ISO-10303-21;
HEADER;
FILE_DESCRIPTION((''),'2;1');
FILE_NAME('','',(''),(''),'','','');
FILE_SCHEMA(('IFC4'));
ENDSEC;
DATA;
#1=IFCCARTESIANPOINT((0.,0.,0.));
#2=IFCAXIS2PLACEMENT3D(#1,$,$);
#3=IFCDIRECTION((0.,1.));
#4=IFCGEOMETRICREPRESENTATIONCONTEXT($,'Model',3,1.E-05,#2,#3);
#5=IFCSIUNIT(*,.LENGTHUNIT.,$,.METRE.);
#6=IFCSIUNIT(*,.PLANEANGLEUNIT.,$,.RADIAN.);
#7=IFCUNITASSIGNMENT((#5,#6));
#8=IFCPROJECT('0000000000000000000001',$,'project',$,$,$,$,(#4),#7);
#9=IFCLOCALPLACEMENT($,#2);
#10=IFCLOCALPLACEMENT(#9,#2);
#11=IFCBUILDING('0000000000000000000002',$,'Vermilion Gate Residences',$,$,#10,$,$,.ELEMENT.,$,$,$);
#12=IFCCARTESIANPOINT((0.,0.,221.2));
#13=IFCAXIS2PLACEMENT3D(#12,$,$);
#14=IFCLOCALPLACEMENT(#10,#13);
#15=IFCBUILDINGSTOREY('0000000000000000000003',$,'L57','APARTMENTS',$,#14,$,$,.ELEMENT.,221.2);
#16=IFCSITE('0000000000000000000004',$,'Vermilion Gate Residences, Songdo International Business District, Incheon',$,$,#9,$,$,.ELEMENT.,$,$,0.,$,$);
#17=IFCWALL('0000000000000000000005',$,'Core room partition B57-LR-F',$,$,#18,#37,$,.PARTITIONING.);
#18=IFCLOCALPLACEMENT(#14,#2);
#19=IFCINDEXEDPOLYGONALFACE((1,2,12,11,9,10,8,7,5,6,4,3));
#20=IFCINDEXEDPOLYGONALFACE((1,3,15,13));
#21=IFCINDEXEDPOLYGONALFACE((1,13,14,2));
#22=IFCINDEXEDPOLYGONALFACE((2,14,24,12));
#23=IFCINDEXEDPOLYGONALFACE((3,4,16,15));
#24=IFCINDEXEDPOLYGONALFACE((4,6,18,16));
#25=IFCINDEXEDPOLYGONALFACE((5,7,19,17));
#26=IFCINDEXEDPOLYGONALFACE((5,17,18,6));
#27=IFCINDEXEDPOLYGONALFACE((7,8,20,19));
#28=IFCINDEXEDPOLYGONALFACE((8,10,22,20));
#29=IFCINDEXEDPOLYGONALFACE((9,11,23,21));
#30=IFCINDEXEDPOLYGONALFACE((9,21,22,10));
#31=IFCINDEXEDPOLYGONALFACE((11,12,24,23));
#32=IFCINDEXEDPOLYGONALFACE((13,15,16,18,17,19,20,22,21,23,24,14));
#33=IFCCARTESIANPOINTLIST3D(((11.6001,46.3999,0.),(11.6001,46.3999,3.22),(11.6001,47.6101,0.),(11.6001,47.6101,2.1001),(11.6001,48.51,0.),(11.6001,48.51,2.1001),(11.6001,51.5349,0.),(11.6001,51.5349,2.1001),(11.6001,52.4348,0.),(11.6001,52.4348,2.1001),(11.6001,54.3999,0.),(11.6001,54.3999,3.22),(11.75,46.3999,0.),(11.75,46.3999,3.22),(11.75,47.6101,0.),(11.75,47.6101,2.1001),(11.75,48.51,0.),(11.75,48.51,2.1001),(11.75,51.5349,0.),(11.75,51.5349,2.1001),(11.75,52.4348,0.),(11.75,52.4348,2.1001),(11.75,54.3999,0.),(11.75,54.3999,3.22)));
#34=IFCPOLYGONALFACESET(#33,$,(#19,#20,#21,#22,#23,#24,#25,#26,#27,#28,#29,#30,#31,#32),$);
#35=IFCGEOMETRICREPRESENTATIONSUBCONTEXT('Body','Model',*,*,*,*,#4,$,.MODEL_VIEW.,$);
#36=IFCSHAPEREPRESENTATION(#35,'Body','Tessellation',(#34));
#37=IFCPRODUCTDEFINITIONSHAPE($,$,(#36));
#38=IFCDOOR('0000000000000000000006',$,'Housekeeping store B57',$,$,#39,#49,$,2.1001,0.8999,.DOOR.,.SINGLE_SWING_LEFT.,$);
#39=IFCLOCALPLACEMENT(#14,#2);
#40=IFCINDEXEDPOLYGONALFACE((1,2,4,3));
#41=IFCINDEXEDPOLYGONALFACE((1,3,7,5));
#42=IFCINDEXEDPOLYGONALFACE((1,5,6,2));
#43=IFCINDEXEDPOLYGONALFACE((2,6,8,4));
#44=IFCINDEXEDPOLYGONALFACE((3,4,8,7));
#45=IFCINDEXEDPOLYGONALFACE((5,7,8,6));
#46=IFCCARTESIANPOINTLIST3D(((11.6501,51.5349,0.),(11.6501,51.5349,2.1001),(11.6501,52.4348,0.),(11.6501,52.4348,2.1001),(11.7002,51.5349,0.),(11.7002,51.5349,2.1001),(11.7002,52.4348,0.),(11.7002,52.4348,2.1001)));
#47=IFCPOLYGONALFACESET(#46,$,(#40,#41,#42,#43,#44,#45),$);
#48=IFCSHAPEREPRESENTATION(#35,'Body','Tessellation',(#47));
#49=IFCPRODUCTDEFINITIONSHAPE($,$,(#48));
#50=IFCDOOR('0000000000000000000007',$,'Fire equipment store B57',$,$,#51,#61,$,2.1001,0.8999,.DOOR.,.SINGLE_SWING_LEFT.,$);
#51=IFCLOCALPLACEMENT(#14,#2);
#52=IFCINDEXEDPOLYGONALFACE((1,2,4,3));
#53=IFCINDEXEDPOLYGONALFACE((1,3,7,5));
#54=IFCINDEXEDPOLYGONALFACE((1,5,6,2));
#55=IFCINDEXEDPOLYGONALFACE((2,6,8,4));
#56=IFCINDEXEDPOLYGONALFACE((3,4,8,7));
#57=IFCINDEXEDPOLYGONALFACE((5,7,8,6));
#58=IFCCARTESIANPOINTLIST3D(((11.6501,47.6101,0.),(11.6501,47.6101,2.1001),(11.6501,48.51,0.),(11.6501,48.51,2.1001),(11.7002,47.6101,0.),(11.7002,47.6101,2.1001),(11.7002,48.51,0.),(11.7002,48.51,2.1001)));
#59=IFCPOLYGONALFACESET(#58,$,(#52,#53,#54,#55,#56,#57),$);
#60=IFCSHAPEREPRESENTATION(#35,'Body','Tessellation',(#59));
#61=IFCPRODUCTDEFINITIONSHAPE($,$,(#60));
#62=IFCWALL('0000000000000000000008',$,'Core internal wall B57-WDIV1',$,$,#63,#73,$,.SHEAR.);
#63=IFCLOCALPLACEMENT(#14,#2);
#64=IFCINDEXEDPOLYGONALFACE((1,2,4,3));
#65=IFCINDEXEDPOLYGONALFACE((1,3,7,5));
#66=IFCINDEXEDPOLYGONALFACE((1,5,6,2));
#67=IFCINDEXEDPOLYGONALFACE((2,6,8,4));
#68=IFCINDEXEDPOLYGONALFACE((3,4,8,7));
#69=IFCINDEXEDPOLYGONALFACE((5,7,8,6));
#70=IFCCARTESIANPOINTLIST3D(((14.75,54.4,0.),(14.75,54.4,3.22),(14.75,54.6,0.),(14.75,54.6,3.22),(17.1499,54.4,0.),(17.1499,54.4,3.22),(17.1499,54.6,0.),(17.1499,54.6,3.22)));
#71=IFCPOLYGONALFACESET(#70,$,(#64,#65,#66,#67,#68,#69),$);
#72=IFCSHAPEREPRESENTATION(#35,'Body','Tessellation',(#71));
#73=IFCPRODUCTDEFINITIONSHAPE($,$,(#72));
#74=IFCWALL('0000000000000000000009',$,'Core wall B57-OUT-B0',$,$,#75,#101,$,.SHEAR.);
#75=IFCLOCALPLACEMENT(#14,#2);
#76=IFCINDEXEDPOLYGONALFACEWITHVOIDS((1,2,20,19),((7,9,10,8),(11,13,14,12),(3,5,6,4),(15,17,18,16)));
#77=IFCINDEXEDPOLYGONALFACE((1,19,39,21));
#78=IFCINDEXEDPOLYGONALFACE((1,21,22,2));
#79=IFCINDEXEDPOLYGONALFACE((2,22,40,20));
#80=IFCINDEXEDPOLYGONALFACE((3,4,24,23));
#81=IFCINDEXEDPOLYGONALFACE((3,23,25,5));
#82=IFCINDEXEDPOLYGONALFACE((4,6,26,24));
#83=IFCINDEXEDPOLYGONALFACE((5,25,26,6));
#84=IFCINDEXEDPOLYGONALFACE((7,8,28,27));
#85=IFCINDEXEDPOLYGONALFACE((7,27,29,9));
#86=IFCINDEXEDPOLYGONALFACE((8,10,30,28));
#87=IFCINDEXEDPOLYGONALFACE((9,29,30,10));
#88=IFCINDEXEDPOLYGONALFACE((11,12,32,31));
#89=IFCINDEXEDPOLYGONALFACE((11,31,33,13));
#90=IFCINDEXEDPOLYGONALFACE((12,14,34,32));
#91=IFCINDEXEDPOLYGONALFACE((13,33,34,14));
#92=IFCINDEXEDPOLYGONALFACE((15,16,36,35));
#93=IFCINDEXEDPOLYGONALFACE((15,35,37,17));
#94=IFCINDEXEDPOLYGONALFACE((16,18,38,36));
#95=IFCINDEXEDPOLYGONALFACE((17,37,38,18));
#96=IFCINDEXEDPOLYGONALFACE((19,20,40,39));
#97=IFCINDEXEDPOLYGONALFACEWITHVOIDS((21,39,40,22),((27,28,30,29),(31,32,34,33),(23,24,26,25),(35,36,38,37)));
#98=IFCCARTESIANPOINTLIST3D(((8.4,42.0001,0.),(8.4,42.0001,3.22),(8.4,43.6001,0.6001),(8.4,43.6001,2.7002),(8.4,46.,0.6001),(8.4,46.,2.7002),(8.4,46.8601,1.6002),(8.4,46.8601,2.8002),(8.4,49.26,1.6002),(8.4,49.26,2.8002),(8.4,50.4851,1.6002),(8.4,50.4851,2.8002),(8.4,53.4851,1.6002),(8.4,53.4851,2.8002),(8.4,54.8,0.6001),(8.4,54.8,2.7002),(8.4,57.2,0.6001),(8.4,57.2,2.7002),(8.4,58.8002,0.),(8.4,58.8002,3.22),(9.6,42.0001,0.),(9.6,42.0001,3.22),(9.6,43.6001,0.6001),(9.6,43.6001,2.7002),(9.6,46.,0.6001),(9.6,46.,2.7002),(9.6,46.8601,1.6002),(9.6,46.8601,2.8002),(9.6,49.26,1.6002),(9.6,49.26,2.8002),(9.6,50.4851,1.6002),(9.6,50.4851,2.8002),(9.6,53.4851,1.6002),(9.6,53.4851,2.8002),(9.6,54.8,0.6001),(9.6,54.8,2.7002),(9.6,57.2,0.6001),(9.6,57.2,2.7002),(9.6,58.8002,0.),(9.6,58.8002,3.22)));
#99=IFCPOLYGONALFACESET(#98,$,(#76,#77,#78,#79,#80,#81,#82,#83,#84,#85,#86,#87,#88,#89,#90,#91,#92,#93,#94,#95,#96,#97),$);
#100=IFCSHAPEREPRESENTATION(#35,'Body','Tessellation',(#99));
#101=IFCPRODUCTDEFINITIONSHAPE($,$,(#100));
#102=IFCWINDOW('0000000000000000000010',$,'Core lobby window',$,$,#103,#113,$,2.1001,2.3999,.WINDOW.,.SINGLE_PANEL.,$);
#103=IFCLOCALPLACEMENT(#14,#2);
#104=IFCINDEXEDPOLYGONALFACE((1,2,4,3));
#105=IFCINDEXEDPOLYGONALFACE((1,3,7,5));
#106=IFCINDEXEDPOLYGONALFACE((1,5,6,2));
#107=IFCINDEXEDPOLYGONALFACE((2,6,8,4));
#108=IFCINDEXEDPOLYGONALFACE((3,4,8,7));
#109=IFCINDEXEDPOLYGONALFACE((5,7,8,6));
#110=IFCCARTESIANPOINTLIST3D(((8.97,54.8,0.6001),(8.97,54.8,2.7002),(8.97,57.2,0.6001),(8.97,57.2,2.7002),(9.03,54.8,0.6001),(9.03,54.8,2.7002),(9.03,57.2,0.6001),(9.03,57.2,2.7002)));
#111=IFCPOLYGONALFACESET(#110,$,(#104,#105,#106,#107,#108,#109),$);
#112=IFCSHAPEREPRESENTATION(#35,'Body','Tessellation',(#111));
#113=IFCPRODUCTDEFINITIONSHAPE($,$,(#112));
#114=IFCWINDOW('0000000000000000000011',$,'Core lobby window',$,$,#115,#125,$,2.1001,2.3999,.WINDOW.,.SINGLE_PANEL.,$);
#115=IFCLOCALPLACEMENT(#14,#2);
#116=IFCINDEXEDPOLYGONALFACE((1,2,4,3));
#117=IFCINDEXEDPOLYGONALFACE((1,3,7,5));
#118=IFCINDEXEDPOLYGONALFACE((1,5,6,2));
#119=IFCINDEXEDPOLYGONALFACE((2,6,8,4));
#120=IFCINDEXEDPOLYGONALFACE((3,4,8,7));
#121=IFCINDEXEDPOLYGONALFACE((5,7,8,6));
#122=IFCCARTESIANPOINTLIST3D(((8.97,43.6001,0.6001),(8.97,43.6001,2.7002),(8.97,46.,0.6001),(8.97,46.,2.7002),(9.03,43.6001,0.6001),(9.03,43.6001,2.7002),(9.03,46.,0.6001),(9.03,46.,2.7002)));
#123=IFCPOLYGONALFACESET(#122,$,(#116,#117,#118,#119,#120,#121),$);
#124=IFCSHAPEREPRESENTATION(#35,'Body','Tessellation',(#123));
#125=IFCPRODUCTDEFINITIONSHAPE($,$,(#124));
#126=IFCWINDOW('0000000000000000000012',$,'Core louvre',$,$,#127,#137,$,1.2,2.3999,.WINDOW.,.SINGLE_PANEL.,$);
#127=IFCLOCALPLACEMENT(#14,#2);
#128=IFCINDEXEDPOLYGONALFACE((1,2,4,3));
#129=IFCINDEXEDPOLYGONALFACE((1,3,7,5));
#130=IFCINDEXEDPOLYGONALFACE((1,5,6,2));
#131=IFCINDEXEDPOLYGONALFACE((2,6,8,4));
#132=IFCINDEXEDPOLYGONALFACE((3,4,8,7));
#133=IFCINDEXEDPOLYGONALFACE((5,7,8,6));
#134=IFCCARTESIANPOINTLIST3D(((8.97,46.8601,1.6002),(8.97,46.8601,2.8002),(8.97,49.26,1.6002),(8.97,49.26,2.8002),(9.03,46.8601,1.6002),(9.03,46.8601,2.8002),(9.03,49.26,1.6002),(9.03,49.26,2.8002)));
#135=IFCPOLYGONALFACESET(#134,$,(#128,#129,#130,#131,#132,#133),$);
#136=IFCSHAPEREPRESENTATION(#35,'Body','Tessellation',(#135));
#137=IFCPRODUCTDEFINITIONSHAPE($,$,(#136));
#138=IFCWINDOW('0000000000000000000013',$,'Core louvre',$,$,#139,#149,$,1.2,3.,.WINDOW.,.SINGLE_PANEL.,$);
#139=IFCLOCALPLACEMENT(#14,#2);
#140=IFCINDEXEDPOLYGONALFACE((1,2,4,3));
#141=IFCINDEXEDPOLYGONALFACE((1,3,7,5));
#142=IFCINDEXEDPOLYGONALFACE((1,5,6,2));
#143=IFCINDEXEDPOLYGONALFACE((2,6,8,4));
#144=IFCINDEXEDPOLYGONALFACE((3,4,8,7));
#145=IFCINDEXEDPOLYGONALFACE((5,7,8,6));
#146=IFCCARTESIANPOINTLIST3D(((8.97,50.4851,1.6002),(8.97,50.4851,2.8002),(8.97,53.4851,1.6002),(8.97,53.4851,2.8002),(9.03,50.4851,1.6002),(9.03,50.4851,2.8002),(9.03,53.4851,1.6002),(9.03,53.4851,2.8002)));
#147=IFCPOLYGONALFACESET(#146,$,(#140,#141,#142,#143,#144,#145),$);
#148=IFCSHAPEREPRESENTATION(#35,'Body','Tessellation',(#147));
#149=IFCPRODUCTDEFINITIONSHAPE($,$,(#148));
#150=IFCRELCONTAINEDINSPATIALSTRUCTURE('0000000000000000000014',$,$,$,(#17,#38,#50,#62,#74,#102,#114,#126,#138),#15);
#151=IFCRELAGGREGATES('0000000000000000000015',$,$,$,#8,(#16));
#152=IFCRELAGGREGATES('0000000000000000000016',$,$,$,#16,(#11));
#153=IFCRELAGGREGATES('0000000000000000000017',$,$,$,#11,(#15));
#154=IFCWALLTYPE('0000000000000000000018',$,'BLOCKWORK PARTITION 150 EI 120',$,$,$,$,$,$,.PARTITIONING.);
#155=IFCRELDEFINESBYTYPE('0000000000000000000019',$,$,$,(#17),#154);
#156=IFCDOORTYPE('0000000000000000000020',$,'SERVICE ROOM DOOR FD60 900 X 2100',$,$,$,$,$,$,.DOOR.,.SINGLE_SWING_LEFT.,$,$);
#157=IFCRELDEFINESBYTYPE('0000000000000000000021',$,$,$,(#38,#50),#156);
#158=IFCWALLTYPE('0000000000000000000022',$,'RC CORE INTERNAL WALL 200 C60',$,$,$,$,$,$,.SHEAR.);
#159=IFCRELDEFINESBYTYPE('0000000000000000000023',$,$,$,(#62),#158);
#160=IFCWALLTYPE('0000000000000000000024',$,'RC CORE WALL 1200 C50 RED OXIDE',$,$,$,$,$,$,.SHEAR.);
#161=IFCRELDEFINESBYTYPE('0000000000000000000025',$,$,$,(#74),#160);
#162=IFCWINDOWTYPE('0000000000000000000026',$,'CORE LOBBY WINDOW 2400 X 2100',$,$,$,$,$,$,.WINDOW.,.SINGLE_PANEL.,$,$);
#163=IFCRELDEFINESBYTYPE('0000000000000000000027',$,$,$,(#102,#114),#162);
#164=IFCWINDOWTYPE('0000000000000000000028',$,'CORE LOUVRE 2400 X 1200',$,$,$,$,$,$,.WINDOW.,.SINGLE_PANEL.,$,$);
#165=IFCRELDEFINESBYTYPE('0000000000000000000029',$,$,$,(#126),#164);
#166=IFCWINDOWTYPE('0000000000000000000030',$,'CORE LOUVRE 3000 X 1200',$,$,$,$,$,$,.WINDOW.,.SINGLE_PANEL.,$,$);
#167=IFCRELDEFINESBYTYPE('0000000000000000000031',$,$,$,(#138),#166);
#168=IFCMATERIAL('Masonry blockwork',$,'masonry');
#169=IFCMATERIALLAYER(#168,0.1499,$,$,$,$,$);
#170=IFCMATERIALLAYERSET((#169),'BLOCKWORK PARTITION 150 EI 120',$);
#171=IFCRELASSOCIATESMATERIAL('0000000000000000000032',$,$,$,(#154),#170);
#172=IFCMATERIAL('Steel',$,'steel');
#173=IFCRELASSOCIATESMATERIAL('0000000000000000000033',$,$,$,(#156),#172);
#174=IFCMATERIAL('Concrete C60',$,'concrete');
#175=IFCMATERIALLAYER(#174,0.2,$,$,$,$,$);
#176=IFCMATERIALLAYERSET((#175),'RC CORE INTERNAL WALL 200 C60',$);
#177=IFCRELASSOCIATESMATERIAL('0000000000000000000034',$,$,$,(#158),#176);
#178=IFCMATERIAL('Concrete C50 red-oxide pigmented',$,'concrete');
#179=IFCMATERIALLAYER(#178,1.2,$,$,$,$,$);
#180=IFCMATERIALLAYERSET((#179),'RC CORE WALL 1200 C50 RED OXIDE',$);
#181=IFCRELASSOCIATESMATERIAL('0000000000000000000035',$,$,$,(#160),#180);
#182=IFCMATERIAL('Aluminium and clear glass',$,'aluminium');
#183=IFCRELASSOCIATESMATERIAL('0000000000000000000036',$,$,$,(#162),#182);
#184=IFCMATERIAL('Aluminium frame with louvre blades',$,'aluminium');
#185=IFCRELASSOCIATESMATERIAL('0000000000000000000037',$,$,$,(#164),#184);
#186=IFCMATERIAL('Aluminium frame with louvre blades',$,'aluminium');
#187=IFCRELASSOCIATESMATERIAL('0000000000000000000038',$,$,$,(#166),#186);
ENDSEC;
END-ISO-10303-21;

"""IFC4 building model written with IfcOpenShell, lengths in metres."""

from ifc_helpers import new_model, si_unit, direction, frame, frame_2d, origin, place, context, subcontext, project, spatial, rectangle, extrude, material, layer, layer_set, type_object, element, fill, save


model = new_model("IFC4")

# Units and contexts
model_context = context("Model", 3, precision=1e-05, world=origin(), true_north=direction((0.0, 1.0)))
body_context = subcontext(model_context, "Body", "Model", "MODEL_VIEW")
ifc_project = project(units=[si_unit("LENGTHUNIT", "METRE"), si_unit("PLANEANGLEUNIT", "RADIAN")], contexts=[model_context])

# Site, building, storey
site_placement = place(None, origin())
site = spatial("IfcSite", under=ifc_project, at=site_placement, Name="Vermilion Gate Residences, Songdo International Business District, Incheon", CompositionType="ELEMENT", RefElevation=0.0)
building_placement = place(site_placement, origin())
building = spatial("IfcBuilding", under=site, at=building_placement, Name="Vermilion Gate Residences", CompositionType="ELEMENT")
storey_placement = place(building_placement, frame((0.0, 0.0, 221.2)))
storey = spatial("IfcBuildingStorey", under=building, at=storey_placement, Name="L57", Description="APARTMENTS", CompositionType="ELEMENT", Elevation=221.2)

# Wall, openings, doors
ifc_material_1 = material(Name="Masonry blockwork", Category="masonry")
ifc_layer_1 = layer(ifc_material_1, 0.1499)
ifc_layer_set_1 = layer_set([ifc_layer_1], Name="BLOCKWORK PARTITION 150 EI 120")
wall_type_1 = type_object("IfcWallType", Name="BLOCKWORK PARTITION 150 EI 120", PredefinedType="PARTITIONING", material=ifc_layer_set_1)
wall_1_placement = place(storey_placement, frame((11.675, 54.3999, 0.0), z_axis=(0.0, 0.0, 1.0), x_axis=(0.0, -1.0, 0.0)))
wall_1 = element("IfcWall", 1, at=wall_1_placement, inside=storey, type_object=wall_type_1, Name="Core room partition B57-LR-F", PredefinedType="PARTITIONING", context=body_context, shape_type="SweptSolid", body=[
    extrude(rectangle(XDim=8.0, YDim=0.1499, at=frame_2d((4.0, 0.0))), origin(), (0.0, 0.0, 1.0), 3.22),
])
opening_1_placement = place(wall_1_placement, frame((1.9651, 0.0, 0.0)))
opening_1 = element("IfcOpeningElement", 2, at=opening_1_placement, cuts=wall_1, PredefinedType="OPENING", context=body_context, shape_type="SweptSolid", body=[
    extrude(rectangle(XDim=0.8999, YDim=2.1001, at=frame_2d((0.45, 1.05))), frame((0.0, 0.085, 0.0), z_axis=(0.0, -1.0, 0.0), x_axis=(1.0, 0.0, 0.0)), (0.0, 0.0, 1.0), 0.1699),
])
opening_2_placement = place(wall_1_placement, frame((5.8899, 0.0, 0.0)))
opening_2 = element("IfcOpeningElement", 3, at=opening_2_placement, cuts=wall_1, PredefinedType="OPENING", context=body_context, shape_type="SweptSolid", body=[
    extrude(rectangle(XDim=0.8999, YDim=2.1001, at=frame_2d((0.45, 1.05))), frame((0.0, 0.085, 0.0), z_axis=(0.0, -1.0, 0.0), x_axis=(1.0, 0.0, 0.0)), (0.0, 0.0, 1.0), 0.1699),
])
ifc_material_2 = material(Name="Steel", Category="steel")
door_type = type_object("IfcDoorType", Name="SERVICE ROOM DOOR FD60 900 X 2100", OperationType="SINGLE_SWING_LEFT", PredefinedType="DOOR", material=ifc_material_2)
door_1_placement = place(opening_1_placement, frame((0.8999, 0.0, 0.0), z_axis=(0.0, 0.0, 1.0), x_axis=(-1.0, 0.0, 0.0)))
door_1 = element("IfcDoor", 4, at=door_1_placement, inside=storey, type_object=door_type, Name="Housekeeping store B57", OperationType="SINGLE_SWING_LEFT", OverallHeight=2.1001, OverallWidth=0.8999, PredefinedType="DOOR", context=body_context, shape_type="SweptSolid", body=[
    extrude(rectangle(XDim=0.8999, YDim=2.1001, at=frame_2d((0.45, 1.05))), frame((0.0, 0.0249, 0.0), z_axis=(0.0, -1.0, 0.0), x_axis=(1.0, 0.0, 0.0)), (0.0, 0.0, 1.0), 0.05),
])
fill(opening_1, door_1)
door_2_placement = place(opening_2_placement, frame((0.8999, 0.0, 0.0), z_axis=(0.0, 0.0, 1.0), x_axis=(-1.0, 0.0, 0.0)))
door_2 = element("IfcDoor", 5, at=door_2_placement, inside=storey, type_object=door_type, Name="Fire equipment store B57", OperationType="SINGLE_SWING_LEFT", OverallHeight=2.1001, OverallWidth=0.8999, PredefinedType="DOOR", context=body_context, shape_type="SweptSolid", body=[
    extrude(rectangle(XDim=0.8999, YDim=2.1001, at=frame_2d((0.45, 1.05))), frame((0.0, 0.0249, 0.0), z_axis=(0.0, -1.0, 0.0), x_axis=(1.0, 0.0, 0.0)), (0.0, 0.0, 1.0), 0.05),
])
fill(opening_2, door_2)

# Wall
ifc_material_3 = material(Name="Concrete C60", Category="concrete")
ifc_layer_2 = layer(ifc_material_3, 0.2)
ifc_layer_set_2 = layer_set([ifc_layer_2], Name="RC CORE INTERNAL WALL 200 C60")
wall_type_2 = type_object("IfcWallType", Name="RC CORE INTERNAL WALL 200 C60", PredefinedType="SHEAR", material=ifc_layer_set_2)
wall_2_placement = place(storey_placement, frame((14.75, 54.5, 0.0), z_axis=(0.0, 0.0, 1.0), x_axis=(1.0, 0.0, 0.0)))
element("IfcWall", 6, at=wall_2_placement, inside=storey, type_object=wall_type_2, Name="Core internal wall B57-WDIV1", PredefinedType="SHEAR", context=body_context, shape_type="SweptSolid", body=[
    extrude(rectangle(XDim=2.3999, YDim=0.2, at=frame_2d((1.2, 0.0))), origin(), (0.0, 0.0, 1.0), 3.22),
])

# Wall, openings, windows
ifc_material_4 = material(Name="Concrete C50 red-oxide pigmented", Category="concrete")
ifc_layer_3 = layer(ifc_material_4, 1.2)
ifc_layer_set_3 = layer_set([ifc_layer_3], Name="RC CORE WALL 1200 C50 RED OXIDE")
wall_type_3 = type_object("IfcWallType", Name="RC CORE WALL 1200 C50 RED OXIDE", PredefinedType="SHEAR", material=ifc_layer_set_3)
wall_3_placement = place(storey_placement, frame((9.0, 58.8, 0.0), z_axis=(0.0, 0.0, 1.0), x_axis=(0.0, -1.0, 0.0)))
wall_3 = element("IfcWall", 7, at=wall_3_placement, inside=storey, type_object=wall_type_3, Name="Core wall B57-OUT-B0", PredefinedType="SHEAR", context=body_context, shape_type="SweptSolid", body=[
    extrude(rectangle(XDim=16.8, YDim=1.2, at=frame_2d((8.3999, 0.0))), origin(), (0.0, 0.0, 1.0), 3.22),
])
opening_3_placement = place(wall_3_placement, frame((1.6001, 0.0, 0.6001)))
opening_3 = element("IfcOpeningElement", 8, at=opening_3_placement, cuts=wall_3, PredefinedType="OPENING", context=body_context, shape_type="SweptSolid", body=[
    extrude(rectangle(XDim=2.3999, YDim=2.1001, at=frame_2d((1.2, 1.05))), frame((0.0, 0.6099, 0.0), z_axis=(0.0, -1.0, 0.0), x_axis=(1.0, 0.0, 0.0)), (0.0, 0.0, 1.0), 1.22),
])
opening_4_placement = place(wall_3_placement, frame((5.3149, 0.0, 1.6001)))
opening_4 = element("IfcOpeningElement", 9, at=opening_4_placement, cuts=wall_3, PredefinedType="OPENING", context=body_context, shape_type="SweptSolid", body=[
    extrude(rectangle(XDim=3.0, YDim=1.2, at=frame_2d((1.5, 0.6001))), frame((0.0, 0.6099, 0.0), z_axis=(0.0, -1.0, 0.0), x_axis=(1.0, 0.0, 0.0)), (0.0, 0.0, 1.0), 1.22),
])
opening_5_placement = place(wall_3_placement, frame((9.54, 0.0, 1.6001)))
opening_5 = element("IfcOpeningElement", 10, at=opening_5_placement, cuts=wall_3, PredefinedType="OPENING", context=body_context, shape_type="SweptSolid", body=[
    extrude(rectangle(XDim=2.3999, YDim=1.2, at=frame_2d((1.2, 0.6001))), frame((0.0, 0.6099, 0.0), z_axis=(0.0, -1.0, 0.0), x_axis=(1.0, 0.0, 0.0)), (0.0, 0.0, 1.0), 1.22),
])
opening_6_placement = place(wall_3_placement, frame((12.8, 0.0, 0.6001)))
opening_6 = element("IfcOpeningElement", 11, at=opening_6_placement, cuts=wall_3, PredefinedType="OPENING", context=body_context, shape_type="SweptSolid", body=[
    extrude(rectangle(XDim=2.3999, YDim=2.1001, at=frame_2d((1.2, 1.05))), frame((0.0, 0.6099, 0.0), z_axis=(0.0, -1.0, 0.0), x_axis=(1.0, 0.0, 0.0)), (0.0, 0.0, 1.0), 1.22),
])
ifc_material_5 = material(Name="Aluminium and clear glass", Category="aluminium")
window_type_1 = type_object("IfcWindowType", Name="CORE LOBBY WINDOW 2400 X 2100", PartitioningType="SINGLE_PANEL", PredefinedType="WINDOW", material=ifc_material_5)
window_1_placement = place(opening_3_placement, origin())
window_1 = element("IfcWindow", 12, at=window_1_placement, inside=storey, type_object=window_type_1, Name="Core lobby window", OverallHeight=2.1001, OverallWidth=2.3999, PartitioningType="SINGLE_PANEL", PredefinedType="WINDOW", context=body_context, shape_type="SweptSolid", body=[
    extrude(rectangle(XDim=2.3999, YDim=2.1001, at=frame_2d((1.2, 1.05))), frame((0.0, 0.03, 0.0), z_axis=(0.0, -1.0, 0.0), x_axis=(1.0, 0.0, 0.0)), (0.0, 0.0, 1.0), 0.0601),
])
fill(opening_3, window_1)
window_2_placement = place(opening_6_placement, origin())
window_2 = element("IfcWindow", 13, at=window_2_placement, inside=storey, type_object=window_type_1, Name="Core lobby window", OverallHeight=2.1001, OverallWidth=2.3999, PartitioningType="SINGLE_PANEL", PredefinedType="WINDOW", context=body_context, shape_type="SweptSolid", body=[
    extrude(rectangle(XDim=2.3999, YDim=2.1001, at=frame_2d((1.2, 1.05))), frame((0.0, 0.03, 0.0), z_axis=(0.0, -1.0, 0.0), x_axis=(1.0, 0.0, 0.0)), (0.0, 0.0, 1.0), 0.0601),
])
fill(opening_6, window_2)
ifc_material_6 = material(Name="Aluminium frame with louvre blades", Category="aluminium")
window_type_2 = type_object("IfcWindowType", Name="CORE LOUVRE 2400 X 1200", PartitioningType="SINGLE_PANEL", PredefinedType="WINDOW", material=ifc_material_6)
window_3_placement = place(opening_5_placement, origin())
window_3 = element("IfcWindow", 14, at=window_3_placement, inside=storey, type_object=window_type_2, Name="Core louvre", OverallHeight=1.2, OverallWidth=2.3999, PartitioningType="SINGLE_PANEL", PredefinedType="WINDOW", context=body_context, shape_type="SweptSolid", body=[
    extrude(rectangle(XDim=2.3999, YDim=1.2, at=frame_2d((1.2, 0.6001))), frame((0.0, 0.03, 0.0), z_axis=(0.0, -1.0, 0.0), x_axis=(1.0, 0.0, 0.0)), (0.0, 0.0, 1.0), 0.0601),
])
fill(opening_5, window_3)
ifc_material_7 = material(Name="Aluminium frame with louvre blades", Category="aluminium")
window_type_3 = type_object("IfcWindowType", Name="CORE LOUVRE 3000 X 1200", PartitioningType="SINGLE_PANEL", PredefinedType="WINDOW", material=ifc_material_7)
window_4_placement = place(opening_4_placement, origin())
window_4 = element("IfcWindow", 15, at=window_4_placement, inside=storey, type_object=window_type_3, Name="Core louvre", OverallHeight=1.2, OverallWidth=3.0, PartitioningType="SINGLE_PANEL", PredefinedType="WINDOW", context=body_context, shape_type="SweptSolid", body=[
    extrude(rectangle(XDim=3.0, YDim=1.2, at=frame_2d((1.5, 0.6001))), frame((0.0, 0.03, 0.0), z_axis=(0.0, -1.0, 0.0), x_axis=(1.0, 0.0, 0.0)), (0.0, 0.0, 1.0), 0.0601),
])
fill(opening_4, window_4)

save(model, "model.ifc")
